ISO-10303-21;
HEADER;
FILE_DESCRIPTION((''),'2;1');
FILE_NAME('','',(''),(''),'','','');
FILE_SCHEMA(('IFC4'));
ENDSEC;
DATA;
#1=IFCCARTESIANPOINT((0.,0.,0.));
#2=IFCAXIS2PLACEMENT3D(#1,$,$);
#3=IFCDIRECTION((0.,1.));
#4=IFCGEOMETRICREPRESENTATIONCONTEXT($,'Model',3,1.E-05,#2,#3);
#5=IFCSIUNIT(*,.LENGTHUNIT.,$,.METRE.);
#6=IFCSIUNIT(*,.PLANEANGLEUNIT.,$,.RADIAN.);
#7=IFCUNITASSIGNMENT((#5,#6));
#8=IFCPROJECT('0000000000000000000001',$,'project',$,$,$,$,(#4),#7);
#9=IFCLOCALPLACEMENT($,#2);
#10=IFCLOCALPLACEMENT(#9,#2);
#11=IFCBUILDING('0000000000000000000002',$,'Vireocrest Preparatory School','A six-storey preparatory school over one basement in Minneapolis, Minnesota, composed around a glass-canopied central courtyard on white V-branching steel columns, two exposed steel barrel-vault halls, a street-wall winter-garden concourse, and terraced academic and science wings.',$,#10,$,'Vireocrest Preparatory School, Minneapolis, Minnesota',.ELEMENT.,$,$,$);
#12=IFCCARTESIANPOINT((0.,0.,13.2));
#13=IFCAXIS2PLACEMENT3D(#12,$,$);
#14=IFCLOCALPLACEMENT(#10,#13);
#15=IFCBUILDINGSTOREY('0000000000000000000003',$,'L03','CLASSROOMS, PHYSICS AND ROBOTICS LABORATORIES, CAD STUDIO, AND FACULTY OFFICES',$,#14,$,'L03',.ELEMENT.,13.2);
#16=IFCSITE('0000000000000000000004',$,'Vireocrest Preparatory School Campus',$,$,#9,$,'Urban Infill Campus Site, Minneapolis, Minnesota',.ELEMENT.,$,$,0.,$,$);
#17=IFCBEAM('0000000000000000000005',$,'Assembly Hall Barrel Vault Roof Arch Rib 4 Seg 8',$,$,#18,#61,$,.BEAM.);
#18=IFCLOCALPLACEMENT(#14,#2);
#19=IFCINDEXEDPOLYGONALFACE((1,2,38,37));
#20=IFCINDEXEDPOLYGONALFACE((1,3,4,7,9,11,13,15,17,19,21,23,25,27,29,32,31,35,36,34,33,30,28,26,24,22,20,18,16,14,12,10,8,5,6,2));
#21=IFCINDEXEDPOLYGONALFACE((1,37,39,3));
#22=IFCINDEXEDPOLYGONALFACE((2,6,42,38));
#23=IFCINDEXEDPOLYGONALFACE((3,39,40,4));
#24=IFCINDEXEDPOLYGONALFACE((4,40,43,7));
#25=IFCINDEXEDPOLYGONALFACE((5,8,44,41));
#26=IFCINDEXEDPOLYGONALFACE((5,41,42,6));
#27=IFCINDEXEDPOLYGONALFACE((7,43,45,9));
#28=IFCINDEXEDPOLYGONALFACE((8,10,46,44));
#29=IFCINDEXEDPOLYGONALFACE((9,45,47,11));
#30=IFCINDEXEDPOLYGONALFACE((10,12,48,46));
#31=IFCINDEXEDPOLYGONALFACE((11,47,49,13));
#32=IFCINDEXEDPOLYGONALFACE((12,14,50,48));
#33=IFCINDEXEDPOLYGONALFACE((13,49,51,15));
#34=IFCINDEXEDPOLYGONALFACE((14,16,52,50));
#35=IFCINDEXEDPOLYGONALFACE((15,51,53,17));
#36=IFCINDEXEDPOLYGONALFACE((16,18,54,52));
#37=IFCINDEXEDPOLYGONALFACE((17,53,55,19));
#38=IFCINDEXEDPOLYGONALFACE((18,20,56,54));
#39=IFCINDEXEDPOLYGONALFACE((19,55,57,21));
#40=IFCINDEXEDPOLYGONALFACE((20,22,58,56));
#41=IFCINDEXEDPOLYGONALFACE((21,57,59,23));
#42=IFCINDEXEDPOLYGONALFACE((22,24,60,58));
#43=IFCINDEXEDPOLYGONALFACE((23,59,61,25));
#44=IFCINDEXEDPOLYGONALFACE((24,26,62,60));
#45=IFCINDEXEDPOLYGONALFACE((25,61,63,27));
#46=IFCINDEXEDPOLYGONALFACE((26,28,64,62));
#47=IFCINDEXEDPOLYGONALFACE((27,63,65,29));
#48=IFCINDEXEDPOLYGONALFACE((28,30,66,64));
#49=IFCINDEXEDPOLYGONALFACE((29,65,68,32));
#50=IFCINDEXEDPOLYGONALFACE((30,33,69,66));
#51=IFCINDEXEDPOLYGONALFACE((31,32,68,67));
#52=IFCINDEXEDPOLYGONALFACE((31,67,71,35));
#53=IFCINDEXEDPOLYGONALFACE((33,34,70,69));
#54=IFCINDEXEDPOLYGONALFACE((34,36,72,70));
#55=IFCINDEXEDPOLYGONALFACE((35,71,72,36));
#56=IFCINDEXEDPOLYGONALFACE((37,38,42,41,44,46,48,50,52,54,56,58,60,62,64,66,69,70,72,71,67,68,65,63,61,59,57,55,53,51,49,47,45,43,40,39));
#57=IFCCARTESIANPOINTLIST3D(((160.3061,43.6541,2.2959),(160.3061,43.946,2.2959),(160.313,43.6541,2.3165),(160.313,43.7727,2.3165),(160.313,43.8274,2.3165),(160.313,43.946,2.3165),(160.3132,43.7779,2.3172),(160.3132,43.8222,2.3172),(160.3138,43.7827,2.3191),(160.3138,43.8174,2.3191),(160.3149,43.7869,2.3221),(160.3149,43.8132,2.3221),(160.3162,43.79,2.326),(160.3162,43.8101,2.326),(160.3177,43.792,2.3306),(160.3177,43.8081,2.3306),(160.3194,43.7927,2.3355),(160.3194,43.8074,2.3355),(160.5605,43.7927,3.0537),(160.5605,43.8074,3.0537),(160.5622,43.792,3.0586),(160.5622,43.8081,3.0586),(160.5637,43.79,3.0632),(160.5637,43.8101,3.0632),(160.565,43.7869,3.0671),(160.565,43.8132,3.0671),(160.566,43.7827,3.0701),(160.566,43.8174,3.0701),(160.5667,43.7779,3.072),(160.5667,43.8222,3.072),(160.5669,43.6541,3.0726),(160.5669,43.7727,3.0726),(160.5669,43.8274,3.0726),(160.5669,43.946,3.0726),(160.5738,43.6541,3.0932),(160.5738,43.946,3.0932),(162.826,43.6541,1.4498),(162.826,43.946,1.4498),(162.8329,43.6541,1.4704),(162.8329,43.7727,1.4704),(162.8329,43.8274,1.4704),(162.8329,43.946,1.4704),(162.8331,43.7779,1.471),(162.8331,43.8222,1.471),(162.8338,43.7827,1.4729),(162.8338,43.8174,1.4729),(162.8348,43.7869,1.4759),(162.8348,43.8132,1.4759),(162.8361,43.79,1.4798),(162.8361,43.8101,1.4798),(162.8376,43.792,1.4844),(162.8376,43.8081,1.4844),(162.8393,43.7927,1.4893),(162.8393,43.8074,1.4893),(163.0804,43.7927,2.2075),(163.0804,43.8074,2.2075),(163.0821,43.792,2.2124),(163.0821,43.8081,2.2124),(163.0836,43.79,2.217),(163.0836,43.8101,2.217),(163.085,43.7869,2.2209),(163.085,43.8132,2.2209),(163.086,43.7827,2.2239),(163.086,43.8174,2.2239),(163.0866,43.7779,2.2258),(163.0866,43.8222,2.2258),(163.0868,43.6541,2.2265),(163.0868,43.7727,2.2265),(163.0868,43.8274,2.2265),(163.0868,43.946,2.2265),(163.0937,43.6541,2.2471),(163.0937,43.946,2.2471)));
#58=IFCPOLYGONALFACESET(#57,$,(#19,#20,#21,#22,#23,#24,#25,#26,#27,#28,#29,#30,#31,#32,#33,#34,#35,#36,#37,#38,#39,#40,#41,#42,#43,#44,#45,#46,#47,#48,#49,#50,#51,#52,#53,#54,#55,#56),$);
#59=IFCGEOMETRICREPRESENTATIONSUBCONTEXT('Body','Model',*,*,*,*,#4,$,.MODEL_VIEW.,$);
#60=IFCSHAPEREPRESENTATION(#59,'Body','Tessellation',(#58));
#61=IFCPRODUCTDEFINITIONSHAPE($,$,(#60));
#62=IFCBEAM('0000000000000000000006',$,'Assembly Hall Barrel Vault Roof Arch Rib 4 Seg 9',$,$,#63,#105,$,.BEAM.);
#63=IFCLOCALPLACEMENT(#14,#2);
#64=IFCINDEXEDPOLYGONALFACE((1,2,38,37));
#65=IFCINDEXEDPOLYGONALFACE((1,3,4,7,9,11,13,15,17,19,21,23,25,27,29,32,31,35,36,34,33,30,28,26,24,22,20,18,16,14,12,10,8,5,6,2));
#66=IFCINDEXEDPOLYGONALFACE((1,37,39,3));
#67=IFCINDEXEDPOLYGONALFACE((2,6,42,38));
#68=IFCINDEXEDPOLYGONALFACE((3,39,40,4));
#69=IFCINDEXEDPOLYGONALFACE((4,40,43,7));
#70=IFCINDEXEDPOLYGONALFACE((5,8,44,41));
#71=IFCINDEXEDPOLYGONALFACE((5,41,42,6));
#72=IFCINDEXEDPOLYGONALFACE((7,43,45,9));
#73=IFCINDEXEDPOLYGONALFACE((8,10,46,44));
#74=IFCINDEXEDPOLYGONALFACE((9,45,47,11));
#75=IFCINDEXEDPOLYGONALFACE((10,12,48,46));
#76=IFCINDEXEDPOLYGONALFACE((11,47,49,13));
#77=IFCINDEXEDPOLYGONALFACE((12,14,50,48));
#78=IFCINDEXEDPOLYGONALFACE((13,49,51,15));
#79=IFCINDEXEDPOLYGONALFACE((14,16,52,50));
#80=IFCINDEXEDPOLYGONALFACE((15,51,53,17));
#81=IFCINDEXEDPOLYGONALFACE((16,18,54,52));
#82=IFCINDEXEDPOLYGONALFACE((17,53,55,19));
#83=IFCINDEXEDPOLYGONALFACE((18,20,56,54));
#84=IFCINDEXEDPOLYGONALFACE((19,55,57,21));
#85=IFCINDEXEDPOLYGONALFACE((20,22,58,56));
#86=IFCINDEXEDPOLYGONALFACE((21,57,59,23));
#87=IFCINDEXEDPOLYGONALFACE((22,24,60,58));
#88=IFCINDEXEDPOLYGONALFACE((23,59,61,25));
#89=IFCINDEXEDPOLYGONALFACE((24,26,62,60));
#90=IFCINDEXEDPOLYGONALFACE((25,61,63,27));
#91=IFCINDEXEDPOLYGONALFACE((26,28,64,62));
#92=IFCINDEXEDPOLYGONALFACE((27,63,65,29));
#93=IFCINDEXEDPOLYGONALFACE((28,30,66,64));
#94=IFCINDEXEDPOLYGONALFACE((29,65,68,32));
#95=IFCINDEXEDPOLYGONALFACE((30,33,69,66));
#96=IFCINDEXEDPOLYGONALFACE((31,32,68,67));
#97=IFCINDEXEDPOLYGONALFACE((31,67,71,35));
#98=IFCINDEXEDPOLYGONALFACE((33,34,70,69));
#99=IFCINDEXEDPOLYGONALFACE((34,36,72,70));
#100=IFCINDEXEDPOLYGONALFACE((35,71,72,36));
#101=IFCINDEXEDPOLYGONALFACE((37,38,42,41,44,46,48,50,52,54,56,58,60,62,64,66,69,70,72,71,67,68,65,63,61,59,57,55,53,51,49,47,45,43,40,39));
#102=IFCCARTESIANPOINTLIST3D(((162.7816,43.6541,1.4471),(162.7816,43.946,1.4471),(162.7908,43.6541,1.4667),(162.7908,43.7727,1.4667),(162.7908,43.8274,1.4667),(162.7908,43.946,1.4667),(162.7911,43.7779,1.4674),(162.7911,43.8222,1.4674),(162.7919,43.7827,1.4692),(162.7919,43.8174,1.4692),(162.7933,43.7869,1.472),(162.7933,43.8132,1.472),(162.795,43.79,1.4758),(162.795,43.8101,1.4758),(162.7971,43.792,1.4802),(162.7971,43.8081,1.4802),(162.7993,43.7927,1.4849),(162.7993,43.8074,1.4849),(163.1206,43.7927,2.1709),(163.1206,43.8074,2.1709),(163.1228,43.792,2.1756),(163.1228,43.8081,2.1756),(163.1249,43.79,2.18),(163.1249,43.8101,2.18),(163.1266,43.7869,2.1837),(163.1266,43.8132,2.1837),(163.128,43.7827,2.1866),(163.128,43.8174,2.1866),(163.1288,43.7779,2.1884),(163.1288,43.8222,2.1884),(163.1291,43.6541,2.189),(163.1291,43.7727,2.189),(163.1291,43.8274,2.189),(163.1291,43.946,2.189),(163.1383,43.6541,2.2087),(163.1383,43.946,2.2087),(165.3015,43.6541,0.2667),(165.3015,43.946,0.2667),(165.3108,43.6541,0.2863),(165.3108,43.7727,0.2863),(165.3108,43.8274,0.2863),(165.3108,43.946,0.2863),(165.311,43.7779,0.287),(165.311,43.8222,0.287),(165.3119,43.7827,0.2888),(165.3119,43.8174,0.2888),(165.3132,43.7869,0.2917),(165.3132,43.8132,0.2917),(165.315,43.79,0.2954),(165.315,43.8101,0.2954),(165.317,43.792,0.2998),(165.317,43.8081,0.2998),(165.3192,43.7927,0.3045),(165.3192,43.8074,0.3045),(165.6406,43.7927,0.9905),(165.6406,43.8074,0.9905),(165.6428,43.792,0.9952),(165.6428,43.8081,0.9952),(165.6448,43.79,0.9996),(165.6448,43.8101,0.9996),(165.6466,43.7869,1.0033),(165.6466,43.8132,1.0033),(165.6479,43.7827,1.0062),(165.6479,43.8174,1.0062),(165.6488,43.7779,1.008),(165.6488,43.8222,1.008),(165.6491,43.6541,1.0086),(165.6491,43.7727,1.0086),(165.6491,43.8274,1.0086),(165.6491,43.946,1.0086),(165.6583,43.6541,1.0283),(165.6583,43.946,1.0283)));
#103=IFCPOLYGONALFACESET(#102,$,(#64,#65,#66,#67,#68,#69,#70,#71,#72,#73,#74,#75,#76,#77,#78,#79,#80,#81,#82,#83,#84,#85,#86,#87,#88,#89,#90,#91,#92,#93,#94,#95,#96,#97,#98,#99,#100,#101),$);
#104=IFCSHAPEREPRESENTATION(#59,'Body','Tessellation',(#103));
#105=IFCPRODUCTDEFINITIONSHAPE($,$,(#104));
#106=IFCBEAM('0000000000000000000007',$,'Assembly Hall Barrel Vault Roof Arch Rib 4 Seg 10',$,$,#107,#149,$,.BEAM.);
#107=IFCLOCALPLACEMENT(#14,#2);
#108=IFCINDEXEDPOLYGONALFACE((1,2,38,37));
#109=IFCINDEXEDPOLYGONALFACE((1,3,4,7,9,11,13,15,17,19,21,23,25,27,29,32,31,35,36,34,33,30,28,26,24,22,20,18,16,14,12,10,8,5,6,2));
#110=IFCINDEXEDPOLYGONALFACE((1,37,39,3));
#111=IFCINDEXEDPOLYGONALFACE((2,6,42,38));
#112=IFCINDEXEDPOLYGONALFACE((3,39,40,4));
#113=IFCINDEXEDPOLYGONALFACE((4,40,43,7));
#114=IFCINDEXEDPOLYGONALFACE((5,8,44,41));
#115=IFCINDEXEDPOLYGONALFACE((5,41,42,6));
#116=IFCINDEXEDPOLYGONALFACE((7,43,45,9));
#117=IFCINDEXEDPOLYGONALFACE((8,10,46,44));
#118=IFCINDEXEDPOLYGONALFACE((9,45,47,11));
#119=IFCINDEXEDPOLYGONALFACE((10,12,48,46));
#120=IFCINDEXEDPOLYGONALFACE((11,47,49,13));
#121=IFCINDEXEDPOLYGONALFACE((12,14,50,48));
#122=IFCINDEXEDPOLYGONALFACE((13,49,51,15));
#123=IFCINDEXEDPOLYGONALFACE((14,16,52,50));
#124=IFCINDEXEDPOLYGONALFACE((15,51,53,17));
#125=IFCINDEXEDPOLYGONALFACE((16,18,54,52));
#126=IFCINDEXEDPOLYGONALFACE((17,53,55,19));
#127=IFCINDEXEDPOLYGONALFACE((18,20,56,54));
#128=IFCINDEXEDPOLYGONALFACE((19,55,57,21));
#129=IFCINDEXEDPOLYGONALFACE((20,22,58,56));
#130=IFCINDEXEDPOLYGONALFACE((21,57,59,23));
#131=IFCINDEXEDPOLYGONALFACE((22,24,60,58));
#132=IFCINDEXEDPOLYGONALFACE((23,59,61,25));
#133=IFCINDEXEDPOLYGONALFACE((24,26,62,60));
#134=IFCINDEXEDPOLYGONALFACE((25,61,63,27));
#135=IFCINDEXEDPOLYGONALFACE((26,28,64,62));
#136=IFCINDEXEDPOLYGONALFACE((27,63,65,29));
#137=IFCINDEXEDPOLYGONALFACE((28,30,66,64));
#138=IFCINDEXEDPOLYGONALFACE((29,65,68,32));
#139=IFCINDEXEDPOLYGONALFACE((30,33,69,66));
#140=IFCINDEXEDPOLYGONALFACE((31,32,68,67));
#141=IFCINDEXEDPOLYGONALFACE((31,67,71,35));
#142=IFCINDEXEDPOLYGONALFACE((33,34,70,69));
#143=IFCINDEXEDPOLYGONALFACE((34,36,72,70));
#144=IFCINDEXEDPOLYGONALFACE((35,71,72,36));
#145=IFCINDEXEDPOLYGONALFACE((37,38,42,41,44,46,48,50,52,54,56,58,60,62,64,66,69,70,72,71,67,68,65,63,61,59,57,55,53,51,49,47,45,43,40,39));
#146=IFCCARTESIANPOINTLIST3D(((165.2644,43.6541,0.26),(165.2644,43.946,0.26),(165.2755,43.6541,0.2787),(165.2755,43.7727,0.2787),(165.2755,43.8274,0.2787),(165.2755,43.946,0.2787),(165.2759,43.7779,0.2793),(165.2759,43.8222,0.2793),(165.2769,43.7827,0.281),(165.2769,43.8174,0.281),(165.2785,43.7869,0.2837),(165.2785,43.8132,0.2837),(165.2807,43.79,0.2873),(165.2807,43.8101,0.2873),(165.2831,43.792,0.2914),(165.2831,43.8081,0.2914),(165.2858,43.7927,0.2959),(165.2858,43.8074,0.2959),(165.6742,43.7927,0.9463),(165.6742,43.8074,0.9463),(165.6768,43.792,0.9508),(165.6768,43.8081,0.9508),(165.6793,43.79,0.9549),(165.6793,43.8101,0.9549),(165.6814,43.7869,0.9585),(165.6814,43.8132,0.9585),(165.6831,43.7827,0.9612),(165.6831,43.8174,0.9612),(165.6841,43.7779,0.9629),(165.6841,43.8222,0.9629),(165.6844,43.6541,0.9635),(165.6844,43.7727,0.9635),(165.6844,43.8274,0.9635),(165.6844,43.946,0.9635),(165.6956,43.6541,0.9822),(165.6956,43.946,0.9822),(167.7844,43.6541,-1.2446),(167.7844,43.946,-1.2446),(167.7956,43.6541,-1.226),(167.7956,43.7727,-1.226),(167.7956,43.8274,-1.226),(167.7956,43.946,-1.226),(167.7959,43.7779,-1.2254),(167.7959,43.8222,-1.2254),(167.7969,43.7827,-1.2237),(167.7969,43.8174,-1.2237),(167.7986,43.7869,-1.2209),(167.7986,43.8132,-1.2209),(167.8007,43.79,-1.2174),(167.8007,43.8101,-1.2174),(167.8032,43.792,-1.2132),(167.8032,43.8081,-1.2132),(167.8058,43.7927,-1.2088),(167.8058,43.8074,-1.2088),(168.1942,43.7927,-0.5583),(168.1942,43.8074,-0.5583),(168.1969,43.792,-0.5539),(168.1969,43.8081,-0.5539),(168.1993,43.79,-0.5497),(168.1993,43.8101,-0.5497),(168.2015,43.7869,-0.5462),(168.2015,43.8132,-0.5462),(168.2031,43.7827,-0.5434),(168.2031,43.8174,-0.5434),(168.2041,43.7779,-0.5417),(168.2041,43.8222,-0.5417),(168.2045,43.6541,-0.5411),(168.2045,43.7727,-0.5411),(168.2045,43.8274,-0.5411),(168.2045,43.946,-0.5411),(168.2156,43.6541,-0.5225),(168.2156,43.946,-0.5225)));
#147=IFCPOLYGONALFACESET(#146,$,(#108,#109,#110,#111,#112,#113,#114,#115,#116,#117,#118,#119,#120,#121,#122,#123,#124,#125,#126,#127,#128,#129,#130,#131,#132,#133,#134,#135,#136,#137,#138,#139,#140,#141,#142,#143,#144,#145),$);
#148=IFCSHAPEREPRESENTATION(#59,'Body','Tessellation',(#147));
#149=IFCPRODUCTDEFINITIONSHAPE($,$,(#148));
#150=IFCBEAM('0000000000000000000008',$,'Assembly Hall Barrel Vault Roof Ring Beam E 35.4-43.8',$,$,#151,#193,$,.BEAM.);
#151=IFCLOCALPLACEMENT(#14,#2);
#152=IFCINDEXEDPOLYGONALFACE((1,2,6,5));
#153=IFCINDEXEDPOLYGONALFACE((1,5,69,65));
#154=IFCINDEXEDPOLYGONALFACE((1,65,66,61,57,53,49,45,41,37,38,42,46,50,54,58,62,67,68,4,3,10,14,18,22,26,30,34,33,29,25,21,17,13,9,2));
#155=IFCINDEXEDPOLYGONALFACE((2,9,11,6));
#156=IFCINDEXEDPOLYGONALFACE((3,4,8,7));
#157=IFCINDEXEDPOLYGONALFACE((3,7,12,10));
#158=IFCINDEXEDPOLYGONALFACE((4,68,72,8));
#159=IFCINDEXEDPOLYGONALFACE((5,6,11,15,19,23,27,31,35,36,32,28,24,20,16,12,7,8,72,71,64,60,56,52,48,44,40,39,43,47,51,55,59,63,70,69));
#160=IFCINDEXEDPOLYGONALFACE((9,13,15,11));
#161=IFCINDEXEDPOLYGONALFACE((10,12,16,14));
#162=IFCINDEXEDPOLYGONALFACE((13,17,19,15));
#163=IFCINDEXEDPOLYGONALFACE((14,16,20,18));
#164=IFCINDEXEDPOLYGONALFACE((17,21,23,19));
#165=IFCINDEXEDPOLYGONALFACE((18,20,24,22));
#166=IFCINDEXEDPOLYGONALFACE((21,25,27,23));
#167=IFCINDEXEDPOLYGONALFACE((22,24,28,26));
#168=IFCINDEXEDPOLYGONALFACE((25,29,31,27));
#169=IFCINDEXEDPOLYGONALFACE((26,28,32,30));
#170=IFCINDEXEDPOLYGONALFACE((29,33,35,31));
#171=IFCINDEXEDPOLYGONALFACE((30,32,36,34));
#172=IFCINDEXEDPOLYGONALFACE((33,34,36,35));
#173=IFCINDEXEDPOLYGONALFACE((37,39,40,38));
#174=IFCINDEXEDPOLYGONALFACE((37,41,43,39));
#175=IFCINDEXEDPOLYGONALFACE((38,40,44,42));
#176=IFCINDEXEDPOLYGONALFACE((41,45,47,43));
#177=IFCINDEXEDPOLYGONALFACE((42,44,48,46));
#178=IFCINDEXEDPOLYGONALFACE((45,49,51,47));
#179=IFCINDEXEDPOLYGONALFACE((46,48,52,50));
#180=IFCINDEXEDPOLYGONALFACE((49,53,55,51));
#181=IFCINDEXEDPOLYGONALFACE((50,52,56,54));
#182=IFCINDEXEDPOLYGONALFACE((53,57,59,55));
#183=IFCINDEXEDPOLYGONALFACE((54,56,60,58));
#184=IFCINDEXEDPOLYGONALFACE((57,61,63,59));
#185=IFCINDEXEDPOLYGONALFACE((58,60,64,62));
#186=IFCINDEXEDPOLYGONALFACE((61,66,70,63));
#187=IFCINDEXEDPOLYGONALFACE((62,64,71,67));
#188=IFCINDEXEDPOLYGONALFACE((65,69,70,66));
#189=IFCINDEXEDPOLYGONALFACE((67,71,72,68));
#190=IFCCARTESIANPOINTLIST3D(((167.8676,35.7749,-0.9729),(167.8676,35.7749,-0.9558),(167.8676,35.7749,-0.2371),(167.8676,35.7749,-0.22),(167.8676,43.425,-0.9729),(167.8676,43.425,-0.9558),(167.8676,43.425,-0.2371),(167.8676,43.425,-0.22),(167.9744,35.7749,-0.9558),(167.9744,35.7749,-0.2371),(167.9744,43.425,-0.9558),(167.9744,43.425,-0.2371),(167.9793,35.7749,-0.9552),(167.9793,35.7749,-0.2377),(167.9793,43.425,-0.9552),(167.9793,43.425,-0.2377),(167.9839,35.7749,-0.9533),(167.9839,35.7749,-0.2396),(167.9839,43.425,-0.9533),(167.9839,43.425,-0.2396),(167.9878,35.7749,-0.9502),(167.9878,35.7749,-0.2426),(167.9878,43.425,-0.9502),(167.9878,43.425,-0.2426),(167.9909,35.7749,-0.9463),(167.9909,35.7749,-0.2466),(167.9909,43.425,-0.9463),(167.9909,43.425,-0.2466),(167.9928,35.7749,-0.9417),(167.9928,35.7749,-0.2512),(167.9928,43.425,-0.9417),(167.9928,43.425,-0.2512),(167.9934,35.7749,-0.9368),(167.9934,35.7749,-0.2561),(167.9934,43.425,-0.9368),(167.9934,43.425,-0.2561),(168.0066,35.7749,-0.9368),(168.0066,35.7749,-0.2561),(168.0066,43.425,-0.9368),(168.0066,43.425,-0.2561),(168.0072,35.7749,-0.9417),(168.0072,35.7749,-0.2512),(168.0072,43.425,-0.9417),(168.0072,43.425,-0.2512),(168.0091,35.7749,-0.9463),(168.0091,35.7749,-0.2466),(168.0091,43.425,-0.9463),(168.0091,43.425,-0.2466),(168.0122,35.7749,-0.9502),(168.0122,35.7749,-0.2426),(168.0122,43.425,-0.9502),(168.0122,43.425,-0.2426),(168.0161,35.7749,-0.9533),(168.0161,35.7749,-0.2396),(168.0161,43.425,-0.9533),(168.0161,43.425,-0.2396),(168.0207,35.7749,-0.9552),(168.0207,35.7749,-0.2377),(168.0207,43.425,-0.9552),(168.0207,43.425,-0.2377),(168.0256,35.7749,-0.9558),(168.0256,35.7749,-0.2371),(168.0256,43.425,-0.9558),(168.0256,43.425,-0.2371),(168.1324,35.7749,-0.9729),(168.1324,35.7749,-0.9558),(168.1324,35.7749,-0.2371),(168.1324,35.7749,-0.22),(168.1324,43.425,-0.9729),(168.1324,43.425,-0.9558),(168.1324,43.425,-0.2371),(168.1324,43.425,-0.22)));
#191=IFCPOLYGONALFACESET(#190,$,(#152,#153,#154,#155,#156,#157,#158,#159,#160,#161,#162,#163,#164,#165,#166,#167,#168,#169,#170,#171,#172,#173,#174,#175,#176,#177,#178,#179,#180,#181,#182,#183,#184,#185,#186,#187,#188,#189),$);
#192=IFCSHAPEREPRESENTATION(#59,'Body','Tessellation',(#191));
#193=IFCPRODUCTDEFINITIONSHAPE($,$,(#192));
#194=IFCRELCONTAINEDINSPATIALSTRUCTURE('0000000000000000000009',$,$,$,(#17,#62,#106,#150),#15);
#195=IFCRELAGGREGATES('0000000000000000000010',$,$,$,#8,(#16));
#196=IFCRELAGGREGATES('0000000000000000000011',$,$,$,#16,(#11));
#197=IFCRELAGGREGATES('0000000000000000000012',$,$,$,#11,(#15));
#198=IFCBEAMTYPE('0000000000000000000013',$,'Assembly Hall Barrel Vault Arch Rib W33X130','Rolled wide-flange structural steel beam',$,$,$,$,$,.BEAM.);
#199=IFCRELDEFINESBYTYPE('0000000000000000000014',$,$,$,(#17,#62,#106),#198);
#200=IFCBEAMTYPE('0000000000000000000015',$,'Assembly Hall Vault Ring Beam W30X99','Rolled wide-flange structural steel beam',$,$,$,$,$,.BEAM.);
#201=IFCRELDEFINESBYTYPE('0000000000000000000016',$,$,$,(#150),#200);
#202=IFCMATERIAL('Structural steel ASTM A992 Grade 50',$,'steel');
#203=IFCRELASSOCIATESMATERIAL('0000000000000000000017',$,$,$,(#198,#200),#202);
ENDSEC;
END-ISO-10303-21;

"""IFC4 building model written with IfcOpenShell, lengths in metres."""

from ifc_helpers import new_model, si_unit, direction, frame, origin, origin_2d, place, context, subcontext, project, spatial, i_section, extrude, material, material_profile, profile_set, type_object, element, save


model = new_model("IFC4")

# Units and contexts
model_context = context("Model", 3, precision=1e-05, world=origin(), true_north=direction((0.0, 1.0)))
body_context = subcontext(model_context, "Body", "Model", "MODEL_VIEW")
ifc_project = project(units=[si_unit("LENGTHUNIT", "METRE"), si_unit("PLANEANGLEUNIT", "RADIAN")], contexts=[model_context])

# Site, building, storey
site_placement = place(None, origin())
site = spatial("IfcSite", under=ifc_project, at=site_placement, Name="Vireocrest Preparatory School Campus", LongName="Urban Infill Campus Site, Minneapolis, Minnesota", CompositionType="ELEMENT", RefElevation=0.0)
building_placement = place(site_placement, origin())
building = spatial("IfcBuilding", under=site, at=building_placement, Name="Vireocrest Preparatory School", Description="A six-storey preparatory school over one basement in Minneapolis, Minnesota, composed around a glass-canopied central courtyard on white V-branching steel columns, two exposed steel barrel-vault halls, a street-wall winter-garden concourse, and terraced academic and science wings.", LongName="Vireocrest Preparatory School, Minneapolis, Minnesota", CompositionType="ELEMENT")
storey_placement = place(building_placement, frame((0.0, 0.0, 13.2)))
storey = spatial("IfcBuildingStorey", under=building, at=storey_placement, Name="L03", Description="CLASSROOMS, PHYSICS AND ROBOTICS LABORATORIES, CAD STUDIO, AND FACULTY OFFICES", LongName="L03", CompositionType="ELEMENT", Elevation=13.2)

# Beams
ifc_material_1 = material(Name="Structural steel ASTM A992 Grade 50", Category="steel")
ifc_material_profile_1 = material_profile(ifc_material_1, i_section(OverallWidth=0.292, OverallDepth=0.8411, WebThickness=0.0146, FlangeThickness=0.0217, FilletRadius=0.02, at=origin_2d()), Name="W33X130")
ifc_profile_set_1 = profile_set([ifc_material_profile_1], Name="Structural steel ASTM A992 Grade 50")
beam_type_1 = type_object("IfcBeamType", Name="Assembly Hall Barrel Vault Arch Rib W33X130", Description="Rolled wide-flange structural steel beam", PredefinedType="BEAM", material=ifc_profile_set_1)
beam_1_placement = place(storey_placement, frame((160.4399, 43.8, 2.6946), z_axis=(0.947983, 0.0, -0.318321), x_axis=(0.0, 1.0, 0.0)))
element("IfcBeam", 1, at=beam_1_placement, inside=storey, type_object=beam_type_1, Name="Assembly Hall Barrel Vault Roof Arch Rib 4 Seg 8", PredefinedType="BEAM", context=body_context, shape_type="SweptSolid", body=[
    extrude(i_section(OverallWidth=0.292, OverallDepth=0.8411, WebThickness=0.0146, FlangeThickness=0.0217, FilletRadius=0.02, at=origin_2d()), origin(), (0.0, 0.0, 1.0), 2.6582),
])
beam_2_placement = place(storey_placement, frame((162.96, 43.8, 1.8279), z_axis=(0.905575, 0.0, -0.424187), x_axis=(0.0, 1.0, 0.0)))
element("IfcBeam", 2, at=beam_2_placement, inside=storey, type_object=beam_type_1, Name="Assembly Hall Barrel Vault Roof Arch Rib 4 Seg 9", PredefinedType="BEAM", context=body_context, shape_type="SweptSolid", body=[
    extrude(i_section(OverallWidth=0.292, OverallDepth=0.8411, WebThickness=0.0146, FlangeThickness=0.0217, FilletRadius=0.02, at=origin_2d()), origin(), (0.0, 0.0, 1.0), 2.7827),
])
beam_3_placement = place(storey_placement, frame((165.48, 43.8, 0.6211), z_axis=(0.858599, 0.0, -0.512647), x_axis=(0.0, 1.0, 0.0)))
element("IfcBeam", 3, at=beam_3_placement, inside=storey, type_object=beam_type_1, Name="Assembly Hall Barrel Vault Roof Arch Rib 4 Seg 10", PredefinedType="BEAM", context=body_context, shape_type="SweptSolid", body=[
    extrude(i_section(OverallWidth=0.292, OverallDepth=0.8411, WebThickness=0.0146, FlangeThickness=0.0217, FilletRadius=0.02, at=origin_2d()), origin(), (0.0, 0.0, 1.0), 2.9351),
])
ifc_material_profile_2 = material_profile(ifc_material_1, i_section(OverallWidth=0.2649, OverallDepth=0.7529, WebThickness=0.0132, FlangeThickness=0.0171, FilletRadius=0.019, at=origin_2d()), Name="W30X99")
ifc_profile_set_2 = profile_set([ifc_material_profile_2], Name="Structural steel ASTM A992 Grade 50")
beam_type_2 = type_object("IfcBeamType", Name="Assembly Hall Vault Ring Beam W30X99", Description="Rolled wide-flange structural steel beam", PredefinedType="BEAM", material=ifc_profile_set_2)
beam_4_placement = place(storey_placement, frame((168.0, 35.7749, -0.5964), z_axis=(0.0, 1.0, 0.0), x_axis=(-1.0, 0.0, 0.0)))
element("IfcBeam", 4, at=beam_4_placement, inside=storey, type_object=beam_type_2, Name="Assembly Hall Barrel Vault Roof Ring Beam E 35.4-43.8", PredefinedType="BEAM", context=body_context, shape_type="SweptSolid", body=[
    extrude(i_section(OverallWidth=0.2649, OverallDepth=0.7529, WebThickness=0.0132, FlangeThickness=0.0171, FilletRadius=0.019, at=origin_2d()), origin(), (0.0, 0.0, 1.0), 7.6501),
])

save(model, "model.ifc")
